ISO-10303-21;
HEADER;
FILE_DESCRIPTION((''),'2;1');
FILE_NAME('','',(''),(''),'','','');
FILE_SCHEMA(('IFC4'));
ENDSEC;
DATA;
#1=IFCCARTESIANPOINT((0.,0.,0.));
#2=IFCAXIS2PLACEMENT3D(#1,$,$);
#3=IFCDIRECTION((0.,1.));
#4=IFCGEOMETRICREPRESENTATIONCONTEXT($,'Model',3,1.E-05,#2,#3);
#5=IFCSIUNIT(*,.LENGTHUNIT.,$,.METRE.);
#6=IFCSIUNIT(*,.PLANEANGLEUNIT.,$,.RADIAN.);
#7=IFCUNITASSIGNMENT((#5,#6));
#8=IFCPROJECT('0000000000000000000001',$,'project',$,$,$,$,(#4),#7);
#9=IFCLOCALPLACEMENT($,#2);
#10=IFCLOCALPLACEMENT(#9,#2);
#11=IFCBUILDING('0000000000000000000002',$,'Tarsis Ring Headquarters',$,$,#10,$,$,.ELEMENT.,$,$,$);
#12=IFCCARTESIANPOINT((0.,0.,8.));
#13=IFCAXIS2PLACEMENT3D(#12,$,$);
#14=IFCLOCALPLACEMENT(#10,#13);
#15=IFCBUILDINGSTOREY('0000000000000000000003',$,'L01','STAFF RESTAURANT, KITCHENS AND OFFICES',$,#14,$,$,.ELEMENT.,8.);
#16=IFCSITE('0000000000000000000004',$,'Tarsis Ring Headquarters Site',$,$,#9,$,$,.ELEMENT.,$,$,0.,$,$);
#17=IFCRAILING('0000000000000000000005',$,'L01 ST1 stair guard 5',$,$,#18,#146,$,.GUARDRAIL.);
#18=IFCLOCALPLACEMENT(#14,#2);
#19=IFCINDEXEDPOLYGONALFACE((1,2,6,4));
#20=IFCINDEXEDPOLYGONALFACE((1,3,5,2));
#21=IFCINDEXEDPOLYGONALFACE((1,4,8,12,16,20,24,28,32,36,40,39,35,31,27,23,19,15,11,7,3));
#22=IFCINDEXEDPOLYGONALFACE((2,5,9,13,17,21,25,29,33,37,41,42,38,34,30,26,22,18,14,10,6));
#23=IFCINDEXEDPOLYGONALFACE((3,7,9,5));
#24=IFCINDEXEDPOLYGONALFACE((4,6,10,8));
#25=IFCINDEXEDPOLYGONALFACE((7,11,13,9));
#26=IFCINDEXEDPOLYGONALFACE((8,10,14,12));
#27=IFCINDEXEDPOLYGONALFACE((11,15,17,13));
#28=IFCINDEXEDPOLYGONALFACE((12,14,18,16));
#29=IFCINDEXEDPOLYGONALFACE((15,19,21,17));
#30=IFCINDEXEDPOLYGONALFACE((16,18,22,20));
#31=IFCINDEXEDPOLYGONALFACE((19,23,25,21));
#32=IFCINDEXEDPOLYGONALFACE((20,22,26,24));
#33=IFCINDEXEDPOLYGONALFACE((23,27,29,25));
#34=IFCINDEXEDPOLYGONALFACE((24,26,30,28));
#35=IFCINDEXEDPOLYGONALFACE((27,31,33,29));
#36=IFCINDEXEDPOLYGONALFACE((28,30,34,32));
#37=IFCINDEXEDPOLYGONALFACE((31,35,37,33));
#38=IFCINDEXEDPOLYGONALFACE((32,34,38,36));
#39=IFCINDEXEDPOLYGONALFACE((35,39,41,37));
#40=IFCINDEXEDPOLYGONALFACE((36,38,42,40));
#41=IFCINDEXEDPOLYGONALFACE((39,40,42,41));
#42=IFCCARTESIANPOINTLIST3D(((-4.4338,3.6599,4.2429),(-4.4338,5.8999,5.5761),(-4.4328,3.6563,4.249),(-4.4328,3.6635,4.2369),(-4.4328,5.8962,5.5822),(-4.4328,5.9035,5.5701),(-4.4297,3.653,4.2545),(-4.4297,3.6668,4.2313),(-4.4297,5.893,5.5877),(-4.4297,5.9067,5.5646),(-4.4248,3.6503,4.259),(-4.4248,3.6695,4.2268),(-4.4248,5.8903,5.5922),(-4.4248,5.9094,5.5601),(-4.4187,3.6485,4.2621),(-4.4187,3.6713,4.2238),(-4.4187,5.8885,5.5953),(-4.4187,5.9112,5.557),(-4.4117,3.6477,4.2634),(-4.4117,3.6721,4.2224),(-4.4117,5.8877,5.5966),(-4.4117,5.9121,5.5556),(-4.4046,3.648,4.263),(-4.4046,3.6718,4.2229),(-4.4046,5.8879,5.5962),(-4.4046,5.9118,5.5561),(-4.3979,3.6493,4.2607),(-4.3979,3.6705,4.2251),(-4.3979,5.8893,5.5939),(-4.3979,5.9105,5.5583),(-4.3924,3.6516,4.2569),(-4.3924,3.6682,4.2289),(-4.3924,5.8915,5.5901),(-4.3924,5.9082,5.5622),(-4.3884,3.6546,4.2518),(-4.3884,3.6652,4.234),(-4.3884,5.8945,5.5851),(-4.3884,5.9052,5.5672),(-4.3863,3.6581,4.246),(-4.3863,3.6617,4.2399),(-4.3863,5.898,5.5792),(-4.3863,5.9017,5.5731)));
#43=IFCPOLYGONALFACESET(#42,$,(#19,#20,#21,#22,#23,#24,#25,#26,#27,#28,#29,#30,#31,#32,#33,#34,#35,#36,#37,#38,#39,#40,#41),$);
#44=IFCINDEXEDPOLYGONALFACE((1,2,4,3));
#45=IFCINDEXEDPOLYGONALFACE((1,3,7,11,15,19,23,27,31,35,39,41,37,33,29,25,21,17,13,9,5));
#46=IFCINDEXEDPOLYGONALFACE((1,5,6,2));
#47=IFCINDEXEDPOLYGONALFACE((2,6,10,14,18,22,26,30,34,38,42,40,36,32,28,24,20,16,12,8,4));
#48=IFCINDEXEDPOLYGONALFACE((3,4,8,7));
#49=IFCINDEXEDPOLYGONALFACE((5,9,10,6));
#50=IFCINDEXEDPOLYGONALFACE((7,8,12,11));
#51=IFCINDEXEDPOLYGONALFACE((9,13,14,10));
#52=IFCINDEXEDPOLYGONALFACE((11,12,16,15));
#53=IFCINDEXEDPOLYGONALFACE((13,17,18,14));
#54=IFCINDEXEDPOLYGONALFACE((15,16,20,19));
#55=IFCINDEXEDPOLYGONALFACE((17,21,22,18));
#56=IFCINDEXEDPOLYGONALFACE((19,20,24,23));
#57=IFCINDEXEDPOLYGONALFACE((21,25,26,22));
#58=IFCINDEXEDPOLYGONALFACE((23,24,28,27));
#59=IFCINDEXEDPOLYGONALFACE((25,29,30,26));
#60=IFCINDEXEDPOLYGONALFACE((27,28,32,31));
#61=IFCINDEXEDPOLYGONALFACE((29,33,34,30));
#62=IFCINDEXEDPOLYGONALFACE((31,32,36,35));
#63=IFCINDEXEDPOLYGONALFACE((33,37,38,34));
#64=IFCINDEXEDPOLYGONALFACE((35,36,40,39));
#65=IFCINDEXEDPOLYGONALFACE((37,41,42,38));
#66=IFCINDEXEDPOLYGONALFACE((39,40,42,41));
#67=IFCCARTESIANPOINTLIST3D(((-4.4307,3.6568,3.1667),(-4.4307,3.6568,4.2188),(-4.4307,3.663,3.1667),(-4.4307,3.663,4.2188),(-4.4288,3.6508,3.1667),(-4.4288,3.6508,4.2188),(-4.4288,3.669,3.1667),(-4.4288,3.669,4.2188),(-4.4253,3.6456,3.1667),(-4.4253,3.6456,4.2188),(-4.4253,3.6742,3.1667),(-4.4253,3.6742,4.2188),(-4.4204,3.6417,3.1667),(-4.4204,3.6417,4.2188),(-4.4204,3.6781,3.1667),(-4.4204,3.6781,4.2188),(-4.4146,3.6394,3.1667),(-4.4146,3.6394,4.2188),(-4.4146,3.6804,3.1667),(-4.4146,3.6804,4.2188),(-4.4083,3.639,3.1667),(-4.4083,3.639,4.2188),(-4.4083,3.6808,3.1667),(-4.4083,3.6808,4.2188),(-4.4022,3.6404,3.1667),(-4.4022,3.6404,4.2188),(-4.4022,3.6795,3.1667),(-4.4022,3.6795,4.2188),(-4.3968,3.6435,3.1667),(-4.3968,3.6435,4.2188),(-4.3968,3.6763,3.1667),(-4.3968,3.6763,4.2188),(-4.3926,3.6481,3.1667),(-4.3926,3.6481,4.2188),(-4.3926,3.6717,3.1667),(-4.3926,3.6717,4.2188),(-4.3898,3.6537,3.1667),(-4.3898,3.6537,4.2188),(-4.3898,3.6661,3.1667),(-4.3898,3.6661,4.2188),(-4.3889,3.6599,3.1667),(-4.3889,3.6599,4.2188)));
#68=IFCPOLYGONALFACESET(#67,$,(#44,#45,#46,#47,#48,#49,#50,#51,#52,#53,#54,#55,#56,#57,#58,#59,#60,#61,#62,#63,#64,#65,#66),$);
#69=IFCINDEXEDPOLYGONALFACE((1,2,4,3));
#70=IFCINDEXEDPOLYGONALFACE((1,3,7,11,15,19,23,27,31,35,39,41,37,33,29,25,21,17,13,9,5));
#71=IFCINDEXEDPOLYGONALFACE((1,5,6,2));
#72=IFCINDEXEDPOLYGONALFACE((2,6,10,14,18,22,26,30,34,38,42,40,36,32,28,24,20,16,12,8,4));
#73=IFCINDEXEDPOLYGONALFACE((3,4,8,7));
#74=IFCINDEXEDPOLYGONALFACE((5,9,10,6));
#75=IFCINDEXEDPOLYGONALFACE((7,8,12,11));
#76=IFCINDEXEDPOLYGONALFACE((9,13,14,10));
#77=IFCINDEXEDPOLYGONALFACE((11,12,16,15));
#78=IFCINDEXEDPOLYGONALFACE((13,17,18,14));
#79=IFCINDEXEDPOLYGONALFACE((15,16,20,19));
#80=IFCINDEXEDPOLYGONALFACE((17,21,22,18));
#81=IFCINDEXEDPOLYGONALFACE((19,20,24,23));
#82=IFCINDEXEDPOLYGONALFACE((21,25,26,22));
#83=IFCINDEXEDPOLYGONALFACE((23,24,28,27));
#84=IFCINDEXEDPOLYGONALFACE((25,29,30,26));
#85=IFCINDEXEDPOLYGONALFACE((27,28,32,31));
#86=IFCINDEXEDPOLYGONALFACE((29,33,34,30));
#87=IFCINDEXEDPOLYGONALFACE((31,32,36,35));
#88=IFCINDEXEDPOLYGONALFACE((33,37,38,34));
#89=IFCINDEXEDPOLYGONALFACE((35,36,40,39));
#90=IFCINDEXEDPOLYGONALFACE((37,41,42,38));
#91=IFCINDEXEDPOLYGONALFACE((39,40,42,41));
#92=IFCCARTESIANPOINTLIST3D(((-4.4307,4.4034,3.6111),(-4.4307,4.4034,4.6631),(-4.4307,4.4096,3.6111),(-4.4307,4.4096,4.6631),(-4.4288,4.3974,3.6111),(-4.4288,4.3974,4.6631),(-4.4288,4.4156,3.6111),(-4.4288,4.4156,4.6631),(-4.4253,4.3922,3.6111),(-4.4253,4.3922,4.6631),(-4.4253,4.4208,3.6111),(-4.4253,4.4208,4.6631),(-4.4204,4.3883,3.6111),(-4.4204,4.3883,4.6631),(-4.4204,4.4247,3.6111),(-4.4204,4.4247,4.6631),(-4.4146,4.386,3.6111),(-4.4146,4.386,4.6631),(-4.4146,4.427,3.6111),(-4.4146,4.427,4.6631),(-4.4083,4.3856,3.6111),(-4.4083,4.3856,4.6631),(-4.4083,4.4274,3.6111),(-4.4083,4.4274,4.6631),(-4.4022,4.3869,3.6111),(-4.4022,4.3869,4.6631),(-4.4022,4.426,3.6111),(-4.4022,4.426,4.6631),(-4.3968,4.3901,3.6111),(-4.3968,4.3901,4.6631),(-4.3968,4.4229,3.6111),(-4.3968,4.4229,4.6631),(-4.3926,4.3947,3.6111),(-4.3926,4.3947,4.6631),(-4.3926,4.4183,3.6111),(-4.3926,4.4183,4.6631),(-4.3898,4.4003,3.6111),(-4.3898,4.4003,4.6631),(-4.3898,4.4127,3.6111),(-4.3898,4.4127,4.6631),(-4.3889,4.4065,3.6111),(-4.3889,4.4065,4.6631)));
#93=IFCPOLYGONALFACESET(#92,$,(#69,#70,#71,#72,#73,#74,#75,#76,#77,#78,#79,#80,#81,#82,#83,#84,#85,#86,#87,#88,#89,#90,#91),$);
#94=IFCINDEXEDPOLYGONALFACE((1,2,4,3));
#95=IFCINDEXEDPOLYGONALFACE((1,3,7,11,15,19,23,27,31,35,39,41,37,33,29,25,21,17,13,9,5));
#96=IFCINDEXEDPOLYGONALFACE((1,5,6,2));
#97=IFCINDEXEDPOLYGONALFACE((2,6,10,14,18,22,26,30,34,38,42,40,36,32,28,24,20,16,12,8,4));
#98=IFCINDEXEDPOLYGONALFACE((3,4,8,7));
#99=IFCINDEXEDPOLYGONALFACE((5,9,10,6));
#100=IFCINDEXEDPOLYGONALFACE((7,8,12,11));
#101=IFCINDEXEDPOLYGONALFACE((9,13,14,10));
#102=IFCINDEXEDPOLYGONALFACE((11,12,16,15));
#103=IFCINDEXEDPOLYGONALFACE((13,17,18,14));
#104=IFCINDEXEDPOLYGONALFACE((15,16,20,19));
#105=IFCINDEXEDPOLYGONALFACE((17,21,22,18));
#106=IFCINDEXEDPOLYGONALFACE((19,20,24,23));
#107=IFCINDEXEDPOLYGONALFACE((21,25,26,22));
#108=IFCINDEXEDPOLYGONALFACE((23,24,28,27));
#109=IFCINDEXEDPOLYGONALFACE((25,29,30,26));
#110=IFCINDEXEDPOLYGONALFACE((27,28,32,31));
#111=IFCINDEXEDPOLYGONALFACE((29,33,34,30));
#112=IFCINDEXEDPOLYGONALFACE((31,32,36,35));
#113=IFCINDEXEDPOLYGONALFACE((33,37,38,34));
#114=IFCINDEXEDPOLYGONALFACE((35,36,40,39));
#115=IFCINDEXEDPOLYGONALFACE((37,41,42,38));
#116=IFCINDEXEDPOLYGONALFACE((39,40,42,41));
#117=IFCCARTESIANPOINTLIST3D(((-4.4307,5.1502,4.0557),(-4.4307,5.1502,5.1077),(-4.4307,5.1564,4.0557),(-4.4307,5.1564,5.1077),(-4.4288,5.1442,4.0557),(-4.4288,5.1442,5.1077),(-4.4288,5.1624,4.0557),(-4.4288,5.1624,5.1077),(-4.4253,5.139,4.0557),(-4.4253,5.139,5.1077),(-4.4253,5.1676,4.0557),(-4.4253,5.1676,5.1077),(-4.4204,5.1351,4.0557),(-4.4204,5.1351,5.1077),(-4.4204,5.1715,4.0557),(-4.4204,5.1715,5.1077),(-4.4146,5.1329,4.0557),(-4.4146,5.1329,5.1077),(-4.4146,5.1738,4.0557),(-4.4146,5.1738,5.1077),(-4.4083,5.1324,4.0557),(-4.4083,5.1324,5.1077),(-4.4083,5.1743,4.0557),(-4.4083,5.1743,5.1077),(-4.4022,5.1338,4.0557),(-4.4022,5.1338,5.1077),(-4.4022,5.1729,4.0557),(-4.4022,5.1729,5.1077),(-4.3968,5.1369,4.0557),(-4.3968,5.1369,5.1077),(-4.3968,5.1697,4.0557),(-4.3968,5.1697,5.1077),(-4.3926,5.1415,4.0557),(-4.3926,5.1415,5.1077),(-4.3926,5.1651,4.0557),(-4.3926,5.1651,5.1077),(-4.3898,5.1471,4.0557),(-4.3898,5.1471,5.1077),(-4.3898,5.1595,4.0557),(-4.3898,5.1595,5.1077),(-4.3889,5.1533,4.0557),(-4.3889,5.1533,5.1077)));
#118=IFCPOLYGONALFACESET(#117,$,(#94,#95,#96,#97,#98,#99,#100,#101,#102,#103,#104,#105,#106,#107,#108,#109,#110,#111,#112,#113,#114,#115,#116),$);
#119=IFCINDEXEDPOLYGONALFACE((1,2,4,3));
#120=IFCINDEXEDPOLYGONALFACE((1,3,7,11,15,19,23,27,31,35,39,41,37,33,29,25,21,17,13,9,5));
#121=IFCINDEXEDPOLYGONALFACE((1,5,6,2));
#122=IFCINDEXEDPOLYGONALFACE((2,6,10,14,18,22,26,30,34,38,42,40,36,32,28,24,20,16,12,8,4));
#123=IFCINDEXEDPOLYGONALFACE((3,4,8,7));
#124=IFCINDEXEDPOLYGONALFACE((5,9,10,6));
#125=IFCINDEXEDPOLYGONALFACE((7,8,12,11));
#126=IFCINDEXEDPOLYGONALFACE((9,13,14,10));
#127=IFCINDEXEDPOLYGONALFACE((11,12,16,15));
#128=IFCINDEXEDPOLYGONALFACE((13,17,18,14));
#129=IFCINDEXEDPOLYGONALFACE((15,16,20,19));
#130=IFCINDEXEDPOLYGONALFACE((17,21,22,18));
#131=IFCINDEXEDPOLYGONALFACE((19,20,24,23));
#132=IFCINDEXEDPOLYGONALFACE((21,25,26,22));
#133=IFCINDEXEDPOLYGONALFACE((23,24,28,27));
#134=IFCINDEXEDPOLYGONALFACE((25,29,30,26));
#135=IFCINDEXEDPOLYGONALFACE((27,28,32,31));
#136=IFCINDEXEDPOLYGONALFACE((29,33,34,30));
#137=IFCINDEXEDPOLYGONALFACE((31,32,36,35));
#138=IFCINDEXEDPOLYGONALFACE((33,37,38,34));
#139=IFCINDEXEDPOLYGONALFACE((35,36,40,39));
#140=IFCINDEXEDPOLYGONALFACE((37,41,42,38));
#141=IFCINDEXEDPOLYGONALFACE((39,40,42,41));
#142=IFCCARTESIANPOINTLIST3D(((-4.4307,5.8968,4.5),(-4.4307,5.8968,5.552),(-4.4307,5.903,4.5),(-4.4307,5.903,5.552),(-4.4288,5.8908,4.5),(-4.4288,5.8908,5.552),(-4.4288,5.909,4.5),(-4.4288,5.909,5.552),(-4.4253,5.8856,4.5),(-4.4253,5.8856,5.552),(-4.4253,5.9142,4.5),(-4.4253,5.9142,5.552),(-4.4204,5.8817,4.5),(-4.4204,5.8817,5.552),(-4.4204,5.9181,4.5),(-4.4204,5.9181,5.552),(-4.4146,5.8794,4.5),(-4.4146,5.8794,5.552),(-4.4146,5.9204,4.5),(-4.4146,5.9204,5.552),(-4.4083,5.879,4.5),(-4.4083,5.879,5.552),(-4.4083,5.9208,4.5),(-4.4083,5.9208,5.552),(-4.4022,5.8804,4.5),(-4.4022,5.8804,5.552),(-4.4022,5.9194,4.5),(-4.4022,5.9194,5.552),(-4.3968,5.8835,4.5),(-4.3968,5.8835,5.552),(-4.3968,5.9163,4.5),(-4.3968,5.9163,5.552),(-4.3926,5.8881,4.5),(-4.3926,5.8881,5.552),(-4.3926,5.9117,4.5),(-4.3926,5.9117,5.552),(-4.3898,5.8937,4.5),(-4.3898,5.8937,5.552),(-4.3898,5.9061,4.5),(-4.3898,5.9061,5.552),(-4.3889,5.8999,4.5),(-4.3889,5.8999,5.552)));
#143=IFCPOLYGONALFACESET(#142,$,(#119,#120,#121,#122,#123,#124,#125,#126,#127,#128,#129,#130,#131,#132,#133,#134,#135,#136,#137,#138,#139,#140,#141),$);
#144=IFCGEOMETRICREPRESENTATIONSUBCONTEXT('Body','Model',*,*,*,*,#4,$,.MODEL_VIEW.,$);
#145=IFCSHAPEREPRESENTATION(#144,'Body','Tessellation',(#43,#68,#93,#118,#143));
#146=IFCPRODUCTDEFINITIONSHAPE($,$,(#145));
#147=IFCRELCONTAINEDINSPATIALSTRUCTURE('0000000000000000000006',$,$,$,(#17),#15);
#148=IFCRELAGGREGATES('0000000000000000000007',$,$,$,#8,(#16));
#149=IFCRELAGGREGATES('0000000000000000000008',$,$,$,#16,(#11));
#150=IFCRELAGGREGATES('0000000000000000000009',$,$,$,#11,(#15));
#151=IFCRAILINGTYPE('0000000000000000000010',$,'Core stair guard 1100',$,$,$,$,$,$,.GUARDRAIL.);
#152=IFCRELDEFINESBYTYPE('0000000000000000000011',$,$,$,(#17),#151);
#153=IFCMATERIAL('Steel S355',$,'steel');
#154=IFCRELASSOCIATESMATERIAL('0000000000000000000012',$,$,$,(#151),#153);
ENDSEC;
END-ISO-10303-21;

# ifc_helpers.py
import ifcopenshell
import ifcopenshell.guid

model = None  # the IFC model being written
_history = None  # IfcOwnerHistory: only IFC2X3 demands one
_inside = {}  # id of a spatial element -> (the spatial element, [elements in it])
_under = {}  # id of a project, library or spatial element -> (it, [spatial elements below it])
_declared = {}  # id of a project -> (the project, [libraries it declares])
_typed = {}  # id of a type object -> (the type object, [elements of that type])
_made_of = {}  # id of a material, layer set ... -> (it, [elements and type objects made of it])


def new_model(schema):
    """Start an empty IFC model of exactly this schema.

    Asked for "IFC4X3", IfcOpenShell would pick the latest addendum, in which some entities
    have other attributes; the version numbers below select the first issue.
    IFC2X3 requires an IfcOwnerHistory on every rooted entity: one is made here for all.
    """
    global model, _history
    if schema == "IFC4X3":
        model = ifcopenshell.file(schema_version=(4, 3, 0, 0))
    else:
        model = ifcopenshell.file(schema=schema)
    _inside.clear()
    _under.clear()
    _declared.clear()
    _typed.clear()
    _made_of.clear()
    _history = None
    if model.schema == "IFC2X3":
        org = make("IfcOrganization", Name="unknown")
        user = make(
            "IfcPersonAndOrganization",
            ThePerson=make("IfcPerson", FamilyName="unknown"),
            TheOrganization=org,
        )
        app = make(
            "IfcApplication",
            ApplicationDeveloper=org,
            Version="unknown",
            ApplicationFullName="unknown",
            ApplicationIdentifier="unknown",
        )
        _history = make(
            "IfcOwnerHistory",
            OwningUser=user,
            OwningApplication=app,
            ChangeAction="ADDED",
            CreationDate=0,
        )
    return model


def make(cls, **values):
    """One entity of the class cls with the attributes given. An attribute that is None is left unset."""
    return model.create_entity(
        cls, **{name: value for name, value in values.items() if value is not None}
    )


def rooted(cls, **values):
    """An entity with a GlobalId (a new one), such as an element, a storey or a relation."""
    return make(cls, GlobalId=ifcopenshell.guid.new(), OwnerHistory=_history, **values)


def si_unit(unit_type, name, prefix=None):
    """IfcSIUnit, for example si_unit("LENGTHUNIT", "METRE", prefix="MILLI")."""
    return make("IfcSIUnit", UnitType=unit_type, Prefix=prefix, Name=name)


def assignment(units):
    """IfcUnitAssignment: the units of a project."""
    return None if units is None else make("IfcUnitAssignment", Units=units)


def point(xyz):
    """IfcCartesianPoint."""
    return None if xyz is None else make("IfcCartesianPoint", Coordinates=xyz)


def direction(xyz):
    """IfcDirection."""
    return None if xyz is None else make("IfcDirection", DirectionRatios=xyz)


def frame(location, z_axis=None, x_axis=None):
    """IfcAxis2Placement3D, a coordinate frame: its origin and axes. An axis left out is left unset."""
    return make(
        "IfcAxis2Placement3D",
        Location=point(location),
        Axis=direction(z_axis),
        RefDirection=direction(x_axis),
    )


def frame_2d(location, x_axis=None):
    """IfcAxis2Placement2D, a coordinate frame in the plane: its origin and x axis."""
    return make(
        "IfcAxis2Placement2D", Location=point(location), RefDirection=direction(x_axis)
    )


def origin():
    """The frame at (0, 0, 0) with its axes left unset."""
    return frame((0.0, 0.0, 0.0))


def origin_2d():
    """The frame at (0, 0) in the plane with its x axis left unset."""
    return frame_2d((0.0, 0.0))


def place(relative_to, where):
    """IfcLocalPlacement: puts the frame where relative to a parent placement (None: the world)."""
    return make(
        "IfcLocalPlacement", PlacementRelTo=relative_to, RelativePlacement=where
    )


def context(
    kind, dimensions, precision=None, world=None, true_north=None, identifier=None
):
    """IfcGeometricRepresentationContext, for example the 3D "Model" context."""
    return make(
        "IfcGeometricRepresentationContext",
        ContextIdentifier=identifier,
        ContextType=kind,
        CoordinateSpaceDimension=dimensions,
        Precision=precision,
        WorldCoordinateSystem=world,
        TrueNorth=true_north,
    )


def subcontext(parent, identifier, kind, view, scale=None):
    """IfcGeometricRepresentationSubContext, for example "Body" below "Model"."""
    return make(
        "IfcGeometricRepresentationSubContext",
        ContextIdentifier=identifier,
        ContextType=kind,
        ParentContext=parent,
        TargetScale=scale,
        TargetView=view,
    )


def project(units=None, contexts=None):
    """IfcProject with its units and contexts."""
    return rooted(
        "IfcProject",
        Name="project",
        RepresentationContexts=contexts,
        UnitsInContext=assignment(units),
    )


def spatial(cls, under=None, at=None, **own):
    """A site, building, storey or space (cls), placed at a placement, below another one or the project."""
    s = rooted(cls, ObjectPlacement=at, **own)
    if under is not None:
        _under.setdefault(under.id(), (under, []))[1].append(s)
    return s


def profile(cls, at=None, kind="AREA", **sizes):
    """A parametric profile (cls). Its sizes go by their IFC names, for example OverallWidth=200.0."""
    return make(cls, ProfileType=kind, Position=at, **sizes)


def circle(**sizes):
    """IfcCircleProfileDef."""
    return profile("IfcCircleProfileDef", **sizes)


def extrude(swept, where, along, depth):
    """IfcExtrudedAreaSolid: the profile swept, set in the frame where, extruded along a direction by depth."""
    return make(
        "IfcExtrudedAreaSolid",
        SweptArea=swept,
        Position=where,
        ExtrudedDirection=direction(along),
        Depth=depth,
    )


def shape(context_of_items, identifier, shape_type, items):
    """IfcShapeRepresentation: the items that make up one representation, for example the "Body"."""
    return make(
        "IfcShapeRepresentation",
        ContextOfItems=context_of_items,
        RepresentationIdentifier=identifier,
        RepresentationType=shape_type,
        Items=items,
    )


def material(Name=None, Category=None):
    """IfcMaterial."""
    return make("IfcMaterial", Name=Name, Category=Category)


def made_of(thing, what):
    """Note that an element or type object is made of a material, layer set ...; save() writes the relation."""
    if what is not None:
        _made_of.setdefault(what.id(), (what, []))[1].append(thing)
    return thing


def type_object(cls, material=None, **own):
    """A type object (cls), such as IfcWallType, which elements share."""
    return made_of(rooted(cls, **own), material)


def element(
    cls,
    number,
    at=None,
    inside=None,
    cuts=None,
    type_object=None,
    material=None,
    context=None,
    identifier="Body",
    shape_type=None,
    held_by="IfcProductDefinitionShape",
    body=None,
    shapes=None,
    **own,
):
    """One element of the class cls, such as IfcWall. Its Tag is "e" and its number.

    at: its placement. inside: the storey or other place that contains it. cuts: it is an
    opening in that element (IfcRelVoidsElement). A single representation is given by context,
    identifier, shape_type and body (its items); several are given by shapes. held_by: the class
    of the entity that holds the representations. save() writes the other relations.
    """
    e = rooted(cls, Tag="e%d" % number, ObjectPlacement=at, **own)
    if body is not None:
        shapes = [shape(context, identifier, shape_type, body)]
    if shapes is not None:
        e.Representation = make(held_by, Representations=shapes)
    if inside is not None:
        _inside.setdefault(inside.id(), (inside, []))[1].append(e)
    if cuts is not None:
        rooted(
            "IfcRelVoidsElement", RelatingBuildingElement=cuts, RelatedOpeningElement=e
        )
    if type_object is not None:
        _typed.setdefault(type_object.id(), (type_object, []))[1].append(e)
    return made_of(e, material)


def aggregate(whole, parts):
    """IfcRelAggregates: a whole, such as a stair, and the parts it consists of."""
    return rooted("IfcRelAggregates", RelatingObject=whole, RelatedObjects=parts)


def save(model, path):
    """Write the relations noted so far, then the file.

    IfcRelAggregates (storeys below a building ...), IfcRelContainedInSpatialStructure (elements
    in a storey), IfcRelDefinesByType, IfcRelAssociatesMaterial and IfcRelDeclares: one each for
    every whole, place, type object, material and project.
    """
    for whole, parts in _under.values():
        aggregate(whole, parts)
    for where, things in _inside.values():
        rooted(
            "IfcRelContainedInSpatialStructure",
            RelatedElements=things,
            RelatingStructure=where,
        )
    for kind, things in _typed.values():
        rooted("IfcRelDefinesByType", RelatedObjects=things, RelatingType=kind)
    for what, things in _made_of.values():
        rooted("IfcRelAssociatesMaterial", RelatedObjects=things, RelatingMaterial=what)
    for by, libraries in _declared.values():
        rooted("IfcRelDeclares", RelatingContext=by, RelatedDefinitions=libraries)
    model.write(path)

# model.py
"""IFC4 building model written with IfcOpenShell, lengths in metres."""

from ifc_helpers import new_model, si_unit, direction, frame, origin, origin_2d, place, context, subcontext, project, spatial, circle, extrude, material, type_object, element, save


model = new_model("IFC4")

# Units and contexts
model_context = context("Model", 3, precision=1e-05, world=origin(), true_north=direction((0.0, 1.0)))
body_context = subcontext(model_context, "Body", "Model", "MODEL_VIEW")
ifc_project = project(units=[si_unit("LENGTHUNIT", "METRE"), si_unit("PLANEANGLEUNIT", "RADIAN")], contexts=[model_context])

# Site, building, storey
site_placement = place(None, origin())
site = spatial("IfcSite", under=ifc_project, at=site_placement, Name="Tarsis Ring Headquarters Site", CompositionType="ELEMENT", RefElevation=0.0)
building_placement = place(site_placement, origin())
building = spatial("IfcBuilding", under=site, at=building_placement, Name="Tarsis Ring Headquarters", CompositionType="ELEMENT")
storey_placement = place(building_placement, frame((0.0, 0.0, 8.0)))
storey = spatial("IfcBuildingStorey", under=building, at=storey_placement, Name="L01", Description="STAFF RESTAURANT, KITCHENS AND OFFICES", CompositionType="ELEMENT", Elevation=8.0)

# Shared definitions
ifc_material_1 = material(Name="Steel S355", Category="steel")

# Railing
railing_type_1 = type_object("IfcRailingType", Name="Core stair guard 1100", PredefinedType="GUARDRAIL", material=ifc_material_1)
railing_1_placement = place(storey_placement, frame((-4.4099, 3.6599, 3.1667)))
element("IfcRailing", 1, at=railing_1_placement, inside=storey, type_object=railing_type_1, Name="L01 ST1 stair guard 5", PredefinedType="GUARDRAIL", context=body_context, shape_type="SweptSolid", body=[
    extrude(circle(Radius=0.0239, at=origin_2d()), frame((0.0, 0.0, 1.0762), z_axis=(0.0, 0.859306, 0.511462), x_axis=(-1.0, 0.0, 0.0)), (0.0, 0.0, 1.0), 2.6067),
    extrude(circle(Radius=0.021, at=origin_2d()), origin(), (0.0, 0.0, 1.0), 1.052),
    extrude(circle(Radius=0.021, at=origin_2d()), frame((0.0, 0.7466, 0.4443)), (0.0, 0.0, 1.0), 1.052),
    extrude(circle(Radius=0.021, at=origin_2d()), frame((0.0, 1.4934, 0.8889)), (0.0, 0.0, 1.0), 1.052),
    extrude(circle(Radius=0.021, at=origin_2d()), frame((0.0, 2.24, 1.3333)), (0.0, 0.0, 1.0), 1.052),
])

save(model, "model.ifc")
